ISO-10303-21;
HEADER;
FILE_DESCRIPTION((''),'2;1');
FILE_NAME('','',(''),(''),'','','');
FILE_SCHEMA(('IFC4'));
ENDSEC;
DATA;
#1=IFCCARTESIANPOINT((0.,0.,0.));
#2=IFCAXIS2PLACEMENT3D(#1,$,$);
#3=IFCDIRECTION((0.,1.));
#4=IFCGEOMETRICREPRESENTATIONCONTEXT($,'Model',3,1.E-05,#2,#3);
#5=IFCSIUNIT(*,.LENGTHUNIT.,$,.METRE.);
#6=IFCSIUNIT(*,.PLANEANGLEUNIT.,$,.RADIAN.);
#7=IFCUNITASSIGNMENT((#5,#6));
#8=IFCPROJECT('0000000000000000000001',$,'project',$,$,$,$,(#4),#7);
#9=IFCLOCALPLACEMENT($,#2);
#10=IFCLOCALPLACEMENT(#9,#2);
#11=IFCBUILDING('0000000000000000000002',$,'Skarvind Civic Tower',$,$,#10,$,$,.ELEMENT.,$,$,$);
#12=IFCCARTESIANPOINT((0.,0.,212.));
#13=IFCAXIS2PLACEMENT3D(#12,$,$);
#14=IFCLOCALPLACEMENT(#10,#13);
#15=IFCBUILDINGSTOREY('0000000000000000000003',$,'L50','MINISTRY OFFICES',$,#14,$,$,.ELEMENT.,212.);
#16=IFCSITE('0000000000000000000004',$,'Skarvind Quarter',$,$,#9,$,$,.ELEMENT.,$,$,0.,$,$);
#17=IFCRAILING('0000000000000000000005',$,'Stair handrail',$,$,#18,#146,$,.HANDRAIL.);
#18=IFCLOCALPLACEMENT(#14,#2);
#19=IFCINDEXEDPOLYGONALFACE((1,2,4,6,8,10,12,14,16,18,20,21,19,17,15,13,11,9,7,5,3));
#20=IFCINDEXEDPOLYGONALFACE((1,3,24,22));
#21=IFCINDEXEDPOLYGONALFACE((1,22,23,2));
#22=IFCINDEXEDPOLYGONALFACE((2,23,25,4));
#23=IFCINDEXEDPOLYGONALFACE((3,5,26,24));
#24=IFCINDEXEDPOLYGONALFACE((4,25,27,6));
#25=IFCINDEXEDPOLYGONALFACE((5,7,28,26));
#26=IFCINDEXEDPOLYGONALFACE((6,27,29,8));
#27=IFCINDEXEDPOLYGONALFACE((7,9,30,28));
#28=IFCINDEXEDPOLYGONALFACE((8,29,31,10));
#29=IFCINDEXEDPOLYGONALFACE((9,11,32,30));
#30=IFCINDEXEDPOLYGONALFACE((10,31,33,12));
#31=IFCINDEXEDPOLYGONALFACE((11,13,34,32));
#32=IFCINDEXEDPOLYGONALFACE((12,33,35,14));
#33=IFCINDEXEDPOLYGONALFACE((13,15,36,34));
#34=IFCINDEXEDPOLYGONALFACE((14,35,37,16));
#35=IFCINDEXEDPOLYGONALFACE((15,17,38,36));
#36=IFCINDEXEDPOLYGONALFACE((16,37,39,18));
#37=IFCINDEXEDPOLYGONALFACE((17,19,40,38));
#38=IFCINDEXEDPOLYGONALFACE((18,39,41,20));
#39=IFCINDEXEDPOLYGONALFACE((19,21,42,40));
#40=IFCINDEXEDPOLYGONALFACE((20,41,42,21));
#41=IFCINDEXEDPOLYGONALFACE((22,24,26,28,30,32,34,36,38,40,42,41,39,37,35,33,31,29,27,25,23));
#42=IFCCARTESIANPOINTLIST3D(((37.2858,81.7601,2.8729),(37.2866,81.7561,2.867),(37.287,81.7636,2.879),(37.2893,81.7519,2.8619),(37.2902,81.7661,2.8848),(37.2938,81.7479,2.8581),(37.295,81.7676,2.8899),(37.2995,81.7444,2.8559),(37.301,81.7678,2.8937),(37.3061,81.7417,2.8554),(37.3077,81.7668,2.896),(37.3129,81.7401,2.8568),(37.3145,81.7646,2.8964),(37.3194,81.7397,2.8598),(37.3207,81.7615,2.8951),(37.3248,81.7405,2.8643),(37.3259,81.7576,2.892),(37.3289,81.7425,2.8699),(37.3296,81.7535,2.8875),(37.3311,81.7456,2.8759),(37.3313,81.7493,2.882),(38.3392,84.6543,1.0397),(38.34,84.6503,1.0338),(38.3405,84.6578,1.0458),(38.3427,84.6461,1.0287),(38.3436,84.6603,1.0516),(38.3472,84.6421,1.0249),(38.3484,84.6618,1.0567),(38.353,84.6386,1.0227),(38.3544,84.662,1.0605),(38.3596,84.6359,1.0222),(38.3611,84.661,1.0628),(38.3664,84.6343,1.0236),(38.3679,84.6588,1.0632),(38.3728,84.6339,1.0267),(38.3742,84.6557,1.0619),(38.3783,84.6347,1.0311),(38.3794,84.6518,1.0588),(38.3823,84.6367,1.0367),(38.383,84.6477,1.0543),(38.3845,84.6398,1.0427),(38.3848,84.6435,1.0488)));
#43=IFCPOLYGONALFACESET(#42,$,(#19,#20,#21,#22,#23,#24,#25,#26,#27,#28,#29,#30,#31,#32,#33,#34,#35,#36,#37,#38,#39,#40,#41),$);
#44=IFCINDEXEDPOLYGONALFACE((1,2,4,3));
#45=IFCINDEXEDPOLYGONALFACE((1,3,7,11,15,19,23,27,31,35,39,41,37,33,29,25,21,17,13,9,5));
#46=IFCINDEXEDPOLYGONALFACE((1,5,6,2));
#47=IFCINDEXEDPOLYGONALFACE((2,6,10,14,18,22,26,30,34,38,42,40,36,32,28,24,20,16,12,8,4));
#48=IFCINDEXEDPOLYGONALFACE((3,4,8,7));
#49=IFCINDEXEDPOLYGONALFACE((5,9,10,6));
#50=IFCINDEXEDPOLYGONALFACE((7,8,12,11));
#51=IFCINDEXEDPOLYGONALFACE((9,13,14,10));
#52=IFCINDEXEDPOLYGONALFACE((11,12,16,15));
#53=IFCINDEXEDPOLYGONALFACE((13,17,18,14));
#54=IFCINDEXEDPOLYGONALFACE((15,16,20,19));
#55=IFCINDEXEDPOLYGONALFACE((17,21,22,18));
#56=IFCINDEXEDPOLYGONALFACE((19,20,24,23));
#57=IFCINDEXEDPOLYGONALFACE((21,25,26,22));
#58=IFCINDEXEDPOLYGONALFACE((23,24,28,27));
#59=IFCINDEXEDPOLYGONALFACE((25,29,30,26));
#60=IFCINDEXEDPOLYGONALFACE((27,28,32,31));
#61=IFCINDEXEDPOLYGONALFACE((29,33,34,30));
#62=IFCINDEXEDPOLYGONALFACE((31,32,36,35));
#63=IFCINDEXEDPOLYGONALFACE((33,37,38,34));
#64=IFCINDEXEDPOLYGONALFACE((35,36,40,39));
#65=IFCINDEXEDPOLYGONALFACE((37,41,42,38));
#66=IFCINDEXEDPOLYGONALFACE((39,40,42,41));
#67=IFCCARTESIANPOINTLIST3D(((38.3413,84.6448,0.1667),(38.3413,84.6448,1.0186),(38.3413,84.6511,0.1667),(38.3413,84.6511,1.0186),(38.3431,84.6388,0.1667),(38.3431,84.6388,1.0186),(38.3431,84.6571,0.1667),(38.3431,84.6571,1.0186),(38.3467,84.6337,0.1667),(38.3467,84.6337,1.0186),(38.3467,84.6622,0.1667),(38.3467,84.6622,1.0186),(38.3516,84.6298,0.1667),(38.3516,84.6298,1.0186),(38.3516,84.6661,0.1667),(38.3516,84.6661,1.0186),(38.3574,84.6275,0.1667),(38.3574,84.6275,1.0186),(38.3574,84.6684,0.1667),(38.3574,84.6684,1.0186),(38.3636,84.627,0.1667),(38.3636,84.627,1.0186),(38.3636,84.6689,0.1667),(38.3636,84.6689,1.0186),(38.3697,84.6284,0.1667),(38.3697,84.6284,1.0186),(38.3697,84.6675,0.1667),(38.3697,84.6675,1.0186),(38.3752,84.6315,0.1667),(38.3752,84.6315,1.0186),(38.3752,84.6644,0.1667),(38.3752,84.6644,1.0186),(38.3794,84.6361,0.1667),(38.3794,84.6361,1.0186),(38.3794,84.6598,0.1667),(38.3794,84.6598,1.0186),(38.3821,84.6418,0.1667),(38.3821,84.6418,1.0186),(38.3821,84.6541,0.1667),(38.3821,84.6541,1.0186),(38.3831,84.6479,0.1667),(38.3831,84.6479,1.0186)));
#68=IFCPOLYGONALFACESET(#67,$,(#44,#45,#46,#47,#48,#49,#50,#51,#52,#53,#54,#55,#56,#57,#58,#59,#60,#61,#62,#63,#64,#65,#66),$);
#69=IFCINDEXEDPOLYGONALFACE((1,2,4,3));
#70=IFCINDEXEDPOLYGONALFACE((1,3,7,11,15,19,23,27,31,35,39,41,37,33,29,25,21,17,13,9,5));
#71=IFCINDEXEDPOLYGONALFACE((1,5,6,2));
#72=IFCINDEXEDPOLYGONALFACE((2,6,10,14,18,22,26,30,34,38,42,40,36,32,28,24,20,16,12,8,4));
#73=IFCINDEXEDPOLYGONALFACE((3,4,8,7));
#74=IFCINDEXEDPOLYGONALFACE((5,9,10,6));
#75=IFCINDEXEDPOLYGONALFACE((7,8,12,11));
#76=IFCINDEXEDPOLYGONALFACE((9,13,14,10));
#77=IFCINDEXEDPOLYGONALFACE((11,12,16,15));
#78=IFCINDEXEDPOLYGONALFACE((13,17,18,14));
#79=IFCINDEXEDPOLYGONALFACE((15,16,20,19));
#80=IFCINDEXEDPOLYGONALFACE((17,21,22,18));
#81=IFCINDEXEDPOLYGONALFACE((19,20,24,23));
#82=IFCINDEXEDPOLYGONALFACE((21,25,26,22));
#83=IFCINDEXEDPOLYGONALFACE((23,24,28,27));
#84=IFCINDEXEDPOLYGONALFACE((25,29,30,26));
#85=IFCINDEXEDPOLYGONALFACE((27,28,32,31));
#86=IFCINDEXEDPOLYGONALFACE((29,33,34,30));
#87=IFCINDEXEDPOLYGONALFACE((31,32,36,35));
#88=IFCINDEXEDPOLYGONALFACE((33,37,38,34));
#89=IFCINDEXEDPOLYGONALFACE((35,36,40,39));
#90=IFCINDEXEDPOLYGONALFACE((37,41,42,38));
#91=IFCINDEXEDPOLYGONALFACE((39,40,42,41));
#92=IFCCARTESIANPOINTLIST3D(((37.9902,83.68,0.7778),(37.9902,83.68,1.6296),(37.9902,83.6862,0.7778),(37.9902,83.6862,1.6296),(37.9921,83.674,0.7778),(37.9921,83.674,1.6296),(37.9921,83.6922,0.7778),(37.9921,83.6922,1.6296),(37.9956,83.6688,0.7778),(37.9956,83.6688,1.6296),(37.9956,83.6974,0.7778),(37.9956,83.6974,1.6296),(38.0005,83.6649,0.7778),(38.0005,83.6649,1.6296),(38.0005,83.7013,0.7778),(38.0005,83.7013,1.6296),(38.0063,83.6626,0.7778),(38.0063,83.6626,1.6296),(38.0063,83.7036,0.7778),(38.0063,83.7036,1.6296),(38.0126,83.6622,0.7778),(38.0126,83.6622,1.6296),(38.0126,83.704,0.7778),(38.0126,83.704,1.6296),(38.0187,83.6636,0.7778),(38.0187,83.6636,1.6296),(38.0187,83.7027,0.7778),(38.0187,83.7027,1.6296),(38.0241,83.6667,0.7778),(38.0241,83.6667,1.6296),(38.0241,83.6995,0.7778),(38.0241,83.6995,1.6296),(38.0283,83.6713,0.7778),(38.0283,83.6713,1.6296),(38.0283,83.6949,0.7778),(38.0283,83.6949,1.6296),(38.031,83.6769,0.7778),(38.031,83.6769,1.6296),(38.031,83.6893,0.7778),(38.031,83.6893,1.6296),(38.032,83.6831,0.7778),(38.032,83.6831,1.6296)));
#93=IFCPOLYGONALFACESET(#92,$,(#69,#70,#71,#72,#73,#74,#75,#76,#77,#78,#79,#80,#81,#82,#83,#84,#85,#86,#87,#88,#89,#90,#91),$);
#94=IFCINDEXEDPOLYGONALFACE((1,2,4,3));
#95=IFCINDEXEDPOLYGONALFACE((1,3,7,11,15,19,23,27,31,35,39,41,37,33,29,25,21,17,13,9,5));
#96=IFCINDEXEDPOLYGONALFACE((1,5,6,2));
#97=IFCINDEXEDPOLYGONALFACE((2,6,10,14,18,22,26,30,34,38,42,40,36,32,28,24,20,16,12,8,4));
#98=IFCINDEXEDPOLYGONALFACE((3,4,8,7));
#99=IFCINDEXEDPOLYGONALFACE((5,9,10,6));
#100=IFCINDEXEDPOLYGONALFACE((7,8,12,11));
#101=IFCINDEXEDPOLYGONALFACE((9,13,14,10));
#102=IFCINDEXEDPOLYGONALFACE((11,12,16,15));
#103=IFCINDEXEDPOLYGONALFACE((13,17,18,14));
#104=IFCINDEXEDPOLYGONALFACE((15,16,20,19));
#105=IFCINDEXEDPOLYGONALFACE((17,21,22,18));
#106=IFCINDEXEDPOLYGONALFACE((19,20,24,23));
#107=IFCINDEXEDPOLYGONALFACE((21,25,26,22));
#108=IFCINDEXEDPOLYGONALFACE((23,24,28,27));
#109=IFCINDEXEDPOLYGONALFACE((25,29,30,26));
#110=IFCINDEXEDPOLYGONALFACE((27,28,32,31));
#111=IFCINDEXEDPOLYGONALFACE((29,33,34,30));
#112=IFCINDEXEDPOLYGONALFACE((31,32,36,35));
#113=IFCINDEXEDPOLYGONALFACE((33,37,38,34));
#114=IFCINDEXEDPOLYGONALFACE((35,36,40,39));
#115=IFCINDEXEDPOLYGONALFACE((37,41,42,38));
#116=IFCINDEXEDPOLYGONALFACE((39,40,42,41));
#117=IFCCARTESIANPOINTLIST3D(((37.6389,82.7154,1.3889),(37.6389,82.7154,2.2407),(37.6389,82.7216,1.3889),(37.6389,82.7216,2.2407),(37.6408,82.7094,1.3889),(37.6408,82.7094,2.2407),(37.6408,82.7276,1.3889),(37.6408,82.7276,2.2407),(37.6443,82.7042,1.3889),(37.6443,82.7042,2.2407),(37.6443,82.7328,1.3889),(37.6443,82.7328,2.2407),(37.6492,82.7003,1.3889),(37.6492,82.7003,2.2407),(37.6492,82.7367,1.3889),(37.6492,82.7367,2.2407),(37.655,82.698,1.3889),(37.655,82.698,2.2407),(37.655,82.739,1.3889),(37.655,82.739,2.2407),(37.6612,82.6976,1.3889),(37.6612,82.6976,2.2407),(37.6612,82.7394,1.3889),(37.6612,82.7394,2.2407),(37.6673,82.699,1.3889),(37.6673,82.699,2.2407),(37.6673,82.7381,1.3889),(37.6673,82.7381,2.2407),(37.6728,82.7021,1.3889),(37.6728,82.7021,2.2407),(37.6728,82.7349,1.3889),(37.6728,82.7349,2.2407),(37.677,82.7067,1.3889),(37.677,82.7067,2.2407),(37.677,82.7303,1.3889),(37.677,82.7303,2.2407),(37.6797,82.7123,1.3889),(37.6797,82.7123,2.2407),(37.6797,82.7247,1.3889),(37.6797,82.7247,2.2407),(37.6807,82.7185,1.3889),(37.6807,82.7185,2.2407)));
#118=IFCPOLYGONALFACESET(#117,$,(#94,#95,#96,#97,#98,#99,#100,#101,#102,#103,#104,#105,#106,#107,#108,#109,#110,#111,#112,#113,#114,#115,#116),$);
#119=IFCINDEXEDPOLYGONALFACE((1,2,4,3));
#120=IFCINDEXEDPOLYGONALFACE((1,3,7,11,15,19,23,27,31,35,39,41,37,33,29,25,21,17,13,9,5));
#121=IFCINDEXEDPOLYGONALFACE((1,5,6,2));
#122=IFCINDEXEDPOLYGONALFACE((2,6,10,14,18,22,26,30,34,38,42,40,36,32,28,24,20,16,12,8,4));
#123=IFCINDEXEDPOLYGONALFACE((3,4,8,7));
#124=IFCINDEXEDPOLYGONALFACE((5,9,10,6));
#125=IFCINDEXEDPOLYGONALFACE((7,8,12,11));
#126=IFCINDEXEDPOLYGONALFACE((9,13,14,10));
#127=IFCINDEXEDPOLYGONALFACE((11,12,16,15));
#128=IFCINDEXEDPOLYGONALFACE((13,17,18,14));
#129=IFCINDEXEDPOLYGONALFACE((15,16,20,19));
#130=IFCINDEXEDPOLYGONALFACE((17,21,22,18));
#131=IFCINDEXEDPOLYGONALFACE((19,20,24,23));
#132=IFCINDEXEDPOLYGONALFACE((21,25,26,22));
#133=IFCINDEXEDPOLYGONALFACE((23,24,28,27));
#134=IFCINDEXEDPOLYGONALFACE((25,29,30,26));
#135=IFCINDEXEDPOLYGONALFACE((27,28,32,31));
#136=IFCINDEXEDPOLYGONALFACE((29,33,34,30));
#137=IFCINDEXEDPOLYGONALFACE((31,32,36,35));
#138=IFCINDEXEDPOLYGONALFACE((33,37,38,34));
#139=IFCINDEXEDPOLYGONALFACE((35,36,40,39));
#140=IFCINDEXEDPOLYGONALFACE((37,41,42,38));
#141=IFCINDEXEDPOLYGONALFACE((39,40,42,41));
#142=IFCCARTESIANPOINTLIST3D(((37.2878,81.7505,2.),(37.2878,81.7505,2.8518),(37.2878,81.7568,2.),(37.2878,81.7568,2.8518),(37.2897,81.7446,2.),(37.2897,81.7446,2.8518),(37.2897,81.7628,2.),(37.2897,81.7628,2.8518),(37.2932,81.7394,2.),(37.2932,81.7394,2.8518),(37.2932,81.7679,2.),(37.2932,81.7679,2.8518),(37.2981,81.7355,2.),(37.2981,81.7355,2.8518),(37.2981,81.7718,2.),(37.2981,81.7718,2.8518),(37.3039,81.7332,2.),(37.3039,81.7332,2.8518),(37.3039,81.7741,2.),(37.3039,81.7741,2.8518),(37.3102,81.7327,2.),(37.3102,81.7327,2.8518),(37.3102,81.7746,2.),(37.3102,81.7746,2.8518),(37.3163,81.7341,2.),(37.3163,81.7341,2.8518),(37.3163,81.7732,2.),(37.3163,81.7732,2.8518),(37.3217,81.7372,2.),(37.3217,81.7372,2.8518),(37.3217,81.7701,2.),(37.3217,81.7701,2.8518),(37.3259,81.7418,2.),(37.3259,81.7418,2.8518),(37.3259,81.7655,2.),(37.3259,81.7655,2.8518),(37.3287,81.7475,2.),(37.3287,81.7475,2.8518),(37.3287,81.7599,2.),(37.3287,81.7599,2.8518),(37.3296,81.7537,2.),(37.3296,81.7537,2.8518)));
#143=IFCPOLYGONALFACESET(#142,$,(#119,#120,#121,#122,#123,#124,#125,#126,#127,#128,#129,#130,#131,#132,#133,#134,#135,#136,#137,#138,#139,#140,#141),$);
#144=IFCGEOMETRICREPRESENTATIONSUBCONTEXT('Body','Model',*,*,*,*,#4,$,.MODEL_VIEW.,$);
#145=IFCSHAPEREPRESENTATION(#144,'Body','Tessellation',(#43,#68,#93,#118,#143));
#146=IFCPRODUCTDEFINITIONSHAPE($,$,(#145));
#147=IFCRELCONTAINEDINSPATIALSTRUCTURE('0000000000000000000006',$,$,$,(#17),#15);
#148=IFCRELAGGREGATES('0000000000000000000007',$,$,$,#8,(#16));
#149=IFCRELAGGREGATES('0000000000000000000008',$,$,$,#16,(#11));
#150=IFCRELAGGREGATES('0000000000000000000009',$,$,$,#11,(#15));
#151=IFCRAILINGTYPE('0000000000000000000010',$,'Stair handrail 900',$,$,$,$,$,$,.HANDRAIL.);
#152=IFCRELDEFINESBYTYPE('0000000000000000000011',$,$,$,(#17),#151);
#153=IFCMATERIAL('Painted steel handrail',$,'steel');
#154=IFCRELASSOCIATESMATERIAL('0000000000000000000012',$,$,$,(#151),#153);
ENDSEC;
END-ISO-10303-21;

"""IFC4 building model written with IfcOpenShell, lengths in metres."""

from ifc_helpers import new_model, si_unit, direction, frame, origin, origin_2d, place, context, subcontext, project, spatial, circle, extrude, material, type_object, element, save


model = new_model("IFC4")

# Units and contexts
model_context = context("Model", 3, precision=1e-05, world=origin(), true_north=direction((0.0, 1.0)))
body_context = subcontext(model_context, "Body", "Model", "MODEL_VIEW")
ifc_project = project(units=[si_unit("LENGTHUNIT", "METRE"), si_unit("PLANEANGLEUNIT", "RADIAN")], contexts=[model_context])

# Site, building, storey
site_placement = place(None, origin())
site = spatial("IfcSite", under=ifc_project, at=site_placement, Name="Skarvind Quarter", CompositionType="ELEMENT", RefElevation=0.0)
building_placement = place(site_placement, origin())
building = spatial("IfcBuilding", under=site, at=building_placement, Name="Skarvind Civic Tower", CompositionType="ELEMENT")
storey_placement = place(building_placement, frame((0.0, 0.0, 212.0)))
storey = spatial("IfcBuildingStorey", under=building, at=storey_placement, Name="L50", Description="MINISTRY OFFICES", CompositionType="ELEMENT", Elevation=212.0)

# Railing
ifc_material_1 = material(Name="Painted steel handrail", Category="steel")
railing_type = type_object("IfcRailingType", Name="Stair handrail 900", PredefinedType="HANDRAIL", material=ifc_material_1)
railing_1_placement = place(storey_placement, frame((38.3621, 84.6479, 0.1667)))
element("IfcRailing", 1, at=railing_1_placement, inside=storey, type_object=railing_type, Name="Stair handrail", PredefinedType="HANDRAIL", context=body_context, shape_type="SweptSolid", body=[
    extrude(circle(Radius=0.0239, at=origin_2d()), frame((0.0, 0.0, 0.876), z_axis=(-0.293908, -0.807481, 0.511461), x_axis=(0.939689, -0.342029, 0.0)), (0.0, 0.0, 1.0), 3.5842),
    extrude(circle(Radius=0.021, at=origin_2d()), origin(), (0.0, 0.0, 1.0), 0.8518),
    extrude(circle(Radius=0.021, at=origin_2d()), frame((-0.3511, -0.9648, 0.6111)), (0.0, 0.0, 1.0), 0.8518),
    extrude(circle(Radius=0.021, at=origin_2d()), frame((-0.7024, -1.9294, 1.2222)), (0.0, 0.0, 1.0), 0.8518),
    extrude(circle(Radius=0.021, at=origin_2d()), frame((-1.0535, -2.8943, 1.8333)), (0.0, 0.0, 1.0), 0.8518),
])

save(model, "model.ifc")
